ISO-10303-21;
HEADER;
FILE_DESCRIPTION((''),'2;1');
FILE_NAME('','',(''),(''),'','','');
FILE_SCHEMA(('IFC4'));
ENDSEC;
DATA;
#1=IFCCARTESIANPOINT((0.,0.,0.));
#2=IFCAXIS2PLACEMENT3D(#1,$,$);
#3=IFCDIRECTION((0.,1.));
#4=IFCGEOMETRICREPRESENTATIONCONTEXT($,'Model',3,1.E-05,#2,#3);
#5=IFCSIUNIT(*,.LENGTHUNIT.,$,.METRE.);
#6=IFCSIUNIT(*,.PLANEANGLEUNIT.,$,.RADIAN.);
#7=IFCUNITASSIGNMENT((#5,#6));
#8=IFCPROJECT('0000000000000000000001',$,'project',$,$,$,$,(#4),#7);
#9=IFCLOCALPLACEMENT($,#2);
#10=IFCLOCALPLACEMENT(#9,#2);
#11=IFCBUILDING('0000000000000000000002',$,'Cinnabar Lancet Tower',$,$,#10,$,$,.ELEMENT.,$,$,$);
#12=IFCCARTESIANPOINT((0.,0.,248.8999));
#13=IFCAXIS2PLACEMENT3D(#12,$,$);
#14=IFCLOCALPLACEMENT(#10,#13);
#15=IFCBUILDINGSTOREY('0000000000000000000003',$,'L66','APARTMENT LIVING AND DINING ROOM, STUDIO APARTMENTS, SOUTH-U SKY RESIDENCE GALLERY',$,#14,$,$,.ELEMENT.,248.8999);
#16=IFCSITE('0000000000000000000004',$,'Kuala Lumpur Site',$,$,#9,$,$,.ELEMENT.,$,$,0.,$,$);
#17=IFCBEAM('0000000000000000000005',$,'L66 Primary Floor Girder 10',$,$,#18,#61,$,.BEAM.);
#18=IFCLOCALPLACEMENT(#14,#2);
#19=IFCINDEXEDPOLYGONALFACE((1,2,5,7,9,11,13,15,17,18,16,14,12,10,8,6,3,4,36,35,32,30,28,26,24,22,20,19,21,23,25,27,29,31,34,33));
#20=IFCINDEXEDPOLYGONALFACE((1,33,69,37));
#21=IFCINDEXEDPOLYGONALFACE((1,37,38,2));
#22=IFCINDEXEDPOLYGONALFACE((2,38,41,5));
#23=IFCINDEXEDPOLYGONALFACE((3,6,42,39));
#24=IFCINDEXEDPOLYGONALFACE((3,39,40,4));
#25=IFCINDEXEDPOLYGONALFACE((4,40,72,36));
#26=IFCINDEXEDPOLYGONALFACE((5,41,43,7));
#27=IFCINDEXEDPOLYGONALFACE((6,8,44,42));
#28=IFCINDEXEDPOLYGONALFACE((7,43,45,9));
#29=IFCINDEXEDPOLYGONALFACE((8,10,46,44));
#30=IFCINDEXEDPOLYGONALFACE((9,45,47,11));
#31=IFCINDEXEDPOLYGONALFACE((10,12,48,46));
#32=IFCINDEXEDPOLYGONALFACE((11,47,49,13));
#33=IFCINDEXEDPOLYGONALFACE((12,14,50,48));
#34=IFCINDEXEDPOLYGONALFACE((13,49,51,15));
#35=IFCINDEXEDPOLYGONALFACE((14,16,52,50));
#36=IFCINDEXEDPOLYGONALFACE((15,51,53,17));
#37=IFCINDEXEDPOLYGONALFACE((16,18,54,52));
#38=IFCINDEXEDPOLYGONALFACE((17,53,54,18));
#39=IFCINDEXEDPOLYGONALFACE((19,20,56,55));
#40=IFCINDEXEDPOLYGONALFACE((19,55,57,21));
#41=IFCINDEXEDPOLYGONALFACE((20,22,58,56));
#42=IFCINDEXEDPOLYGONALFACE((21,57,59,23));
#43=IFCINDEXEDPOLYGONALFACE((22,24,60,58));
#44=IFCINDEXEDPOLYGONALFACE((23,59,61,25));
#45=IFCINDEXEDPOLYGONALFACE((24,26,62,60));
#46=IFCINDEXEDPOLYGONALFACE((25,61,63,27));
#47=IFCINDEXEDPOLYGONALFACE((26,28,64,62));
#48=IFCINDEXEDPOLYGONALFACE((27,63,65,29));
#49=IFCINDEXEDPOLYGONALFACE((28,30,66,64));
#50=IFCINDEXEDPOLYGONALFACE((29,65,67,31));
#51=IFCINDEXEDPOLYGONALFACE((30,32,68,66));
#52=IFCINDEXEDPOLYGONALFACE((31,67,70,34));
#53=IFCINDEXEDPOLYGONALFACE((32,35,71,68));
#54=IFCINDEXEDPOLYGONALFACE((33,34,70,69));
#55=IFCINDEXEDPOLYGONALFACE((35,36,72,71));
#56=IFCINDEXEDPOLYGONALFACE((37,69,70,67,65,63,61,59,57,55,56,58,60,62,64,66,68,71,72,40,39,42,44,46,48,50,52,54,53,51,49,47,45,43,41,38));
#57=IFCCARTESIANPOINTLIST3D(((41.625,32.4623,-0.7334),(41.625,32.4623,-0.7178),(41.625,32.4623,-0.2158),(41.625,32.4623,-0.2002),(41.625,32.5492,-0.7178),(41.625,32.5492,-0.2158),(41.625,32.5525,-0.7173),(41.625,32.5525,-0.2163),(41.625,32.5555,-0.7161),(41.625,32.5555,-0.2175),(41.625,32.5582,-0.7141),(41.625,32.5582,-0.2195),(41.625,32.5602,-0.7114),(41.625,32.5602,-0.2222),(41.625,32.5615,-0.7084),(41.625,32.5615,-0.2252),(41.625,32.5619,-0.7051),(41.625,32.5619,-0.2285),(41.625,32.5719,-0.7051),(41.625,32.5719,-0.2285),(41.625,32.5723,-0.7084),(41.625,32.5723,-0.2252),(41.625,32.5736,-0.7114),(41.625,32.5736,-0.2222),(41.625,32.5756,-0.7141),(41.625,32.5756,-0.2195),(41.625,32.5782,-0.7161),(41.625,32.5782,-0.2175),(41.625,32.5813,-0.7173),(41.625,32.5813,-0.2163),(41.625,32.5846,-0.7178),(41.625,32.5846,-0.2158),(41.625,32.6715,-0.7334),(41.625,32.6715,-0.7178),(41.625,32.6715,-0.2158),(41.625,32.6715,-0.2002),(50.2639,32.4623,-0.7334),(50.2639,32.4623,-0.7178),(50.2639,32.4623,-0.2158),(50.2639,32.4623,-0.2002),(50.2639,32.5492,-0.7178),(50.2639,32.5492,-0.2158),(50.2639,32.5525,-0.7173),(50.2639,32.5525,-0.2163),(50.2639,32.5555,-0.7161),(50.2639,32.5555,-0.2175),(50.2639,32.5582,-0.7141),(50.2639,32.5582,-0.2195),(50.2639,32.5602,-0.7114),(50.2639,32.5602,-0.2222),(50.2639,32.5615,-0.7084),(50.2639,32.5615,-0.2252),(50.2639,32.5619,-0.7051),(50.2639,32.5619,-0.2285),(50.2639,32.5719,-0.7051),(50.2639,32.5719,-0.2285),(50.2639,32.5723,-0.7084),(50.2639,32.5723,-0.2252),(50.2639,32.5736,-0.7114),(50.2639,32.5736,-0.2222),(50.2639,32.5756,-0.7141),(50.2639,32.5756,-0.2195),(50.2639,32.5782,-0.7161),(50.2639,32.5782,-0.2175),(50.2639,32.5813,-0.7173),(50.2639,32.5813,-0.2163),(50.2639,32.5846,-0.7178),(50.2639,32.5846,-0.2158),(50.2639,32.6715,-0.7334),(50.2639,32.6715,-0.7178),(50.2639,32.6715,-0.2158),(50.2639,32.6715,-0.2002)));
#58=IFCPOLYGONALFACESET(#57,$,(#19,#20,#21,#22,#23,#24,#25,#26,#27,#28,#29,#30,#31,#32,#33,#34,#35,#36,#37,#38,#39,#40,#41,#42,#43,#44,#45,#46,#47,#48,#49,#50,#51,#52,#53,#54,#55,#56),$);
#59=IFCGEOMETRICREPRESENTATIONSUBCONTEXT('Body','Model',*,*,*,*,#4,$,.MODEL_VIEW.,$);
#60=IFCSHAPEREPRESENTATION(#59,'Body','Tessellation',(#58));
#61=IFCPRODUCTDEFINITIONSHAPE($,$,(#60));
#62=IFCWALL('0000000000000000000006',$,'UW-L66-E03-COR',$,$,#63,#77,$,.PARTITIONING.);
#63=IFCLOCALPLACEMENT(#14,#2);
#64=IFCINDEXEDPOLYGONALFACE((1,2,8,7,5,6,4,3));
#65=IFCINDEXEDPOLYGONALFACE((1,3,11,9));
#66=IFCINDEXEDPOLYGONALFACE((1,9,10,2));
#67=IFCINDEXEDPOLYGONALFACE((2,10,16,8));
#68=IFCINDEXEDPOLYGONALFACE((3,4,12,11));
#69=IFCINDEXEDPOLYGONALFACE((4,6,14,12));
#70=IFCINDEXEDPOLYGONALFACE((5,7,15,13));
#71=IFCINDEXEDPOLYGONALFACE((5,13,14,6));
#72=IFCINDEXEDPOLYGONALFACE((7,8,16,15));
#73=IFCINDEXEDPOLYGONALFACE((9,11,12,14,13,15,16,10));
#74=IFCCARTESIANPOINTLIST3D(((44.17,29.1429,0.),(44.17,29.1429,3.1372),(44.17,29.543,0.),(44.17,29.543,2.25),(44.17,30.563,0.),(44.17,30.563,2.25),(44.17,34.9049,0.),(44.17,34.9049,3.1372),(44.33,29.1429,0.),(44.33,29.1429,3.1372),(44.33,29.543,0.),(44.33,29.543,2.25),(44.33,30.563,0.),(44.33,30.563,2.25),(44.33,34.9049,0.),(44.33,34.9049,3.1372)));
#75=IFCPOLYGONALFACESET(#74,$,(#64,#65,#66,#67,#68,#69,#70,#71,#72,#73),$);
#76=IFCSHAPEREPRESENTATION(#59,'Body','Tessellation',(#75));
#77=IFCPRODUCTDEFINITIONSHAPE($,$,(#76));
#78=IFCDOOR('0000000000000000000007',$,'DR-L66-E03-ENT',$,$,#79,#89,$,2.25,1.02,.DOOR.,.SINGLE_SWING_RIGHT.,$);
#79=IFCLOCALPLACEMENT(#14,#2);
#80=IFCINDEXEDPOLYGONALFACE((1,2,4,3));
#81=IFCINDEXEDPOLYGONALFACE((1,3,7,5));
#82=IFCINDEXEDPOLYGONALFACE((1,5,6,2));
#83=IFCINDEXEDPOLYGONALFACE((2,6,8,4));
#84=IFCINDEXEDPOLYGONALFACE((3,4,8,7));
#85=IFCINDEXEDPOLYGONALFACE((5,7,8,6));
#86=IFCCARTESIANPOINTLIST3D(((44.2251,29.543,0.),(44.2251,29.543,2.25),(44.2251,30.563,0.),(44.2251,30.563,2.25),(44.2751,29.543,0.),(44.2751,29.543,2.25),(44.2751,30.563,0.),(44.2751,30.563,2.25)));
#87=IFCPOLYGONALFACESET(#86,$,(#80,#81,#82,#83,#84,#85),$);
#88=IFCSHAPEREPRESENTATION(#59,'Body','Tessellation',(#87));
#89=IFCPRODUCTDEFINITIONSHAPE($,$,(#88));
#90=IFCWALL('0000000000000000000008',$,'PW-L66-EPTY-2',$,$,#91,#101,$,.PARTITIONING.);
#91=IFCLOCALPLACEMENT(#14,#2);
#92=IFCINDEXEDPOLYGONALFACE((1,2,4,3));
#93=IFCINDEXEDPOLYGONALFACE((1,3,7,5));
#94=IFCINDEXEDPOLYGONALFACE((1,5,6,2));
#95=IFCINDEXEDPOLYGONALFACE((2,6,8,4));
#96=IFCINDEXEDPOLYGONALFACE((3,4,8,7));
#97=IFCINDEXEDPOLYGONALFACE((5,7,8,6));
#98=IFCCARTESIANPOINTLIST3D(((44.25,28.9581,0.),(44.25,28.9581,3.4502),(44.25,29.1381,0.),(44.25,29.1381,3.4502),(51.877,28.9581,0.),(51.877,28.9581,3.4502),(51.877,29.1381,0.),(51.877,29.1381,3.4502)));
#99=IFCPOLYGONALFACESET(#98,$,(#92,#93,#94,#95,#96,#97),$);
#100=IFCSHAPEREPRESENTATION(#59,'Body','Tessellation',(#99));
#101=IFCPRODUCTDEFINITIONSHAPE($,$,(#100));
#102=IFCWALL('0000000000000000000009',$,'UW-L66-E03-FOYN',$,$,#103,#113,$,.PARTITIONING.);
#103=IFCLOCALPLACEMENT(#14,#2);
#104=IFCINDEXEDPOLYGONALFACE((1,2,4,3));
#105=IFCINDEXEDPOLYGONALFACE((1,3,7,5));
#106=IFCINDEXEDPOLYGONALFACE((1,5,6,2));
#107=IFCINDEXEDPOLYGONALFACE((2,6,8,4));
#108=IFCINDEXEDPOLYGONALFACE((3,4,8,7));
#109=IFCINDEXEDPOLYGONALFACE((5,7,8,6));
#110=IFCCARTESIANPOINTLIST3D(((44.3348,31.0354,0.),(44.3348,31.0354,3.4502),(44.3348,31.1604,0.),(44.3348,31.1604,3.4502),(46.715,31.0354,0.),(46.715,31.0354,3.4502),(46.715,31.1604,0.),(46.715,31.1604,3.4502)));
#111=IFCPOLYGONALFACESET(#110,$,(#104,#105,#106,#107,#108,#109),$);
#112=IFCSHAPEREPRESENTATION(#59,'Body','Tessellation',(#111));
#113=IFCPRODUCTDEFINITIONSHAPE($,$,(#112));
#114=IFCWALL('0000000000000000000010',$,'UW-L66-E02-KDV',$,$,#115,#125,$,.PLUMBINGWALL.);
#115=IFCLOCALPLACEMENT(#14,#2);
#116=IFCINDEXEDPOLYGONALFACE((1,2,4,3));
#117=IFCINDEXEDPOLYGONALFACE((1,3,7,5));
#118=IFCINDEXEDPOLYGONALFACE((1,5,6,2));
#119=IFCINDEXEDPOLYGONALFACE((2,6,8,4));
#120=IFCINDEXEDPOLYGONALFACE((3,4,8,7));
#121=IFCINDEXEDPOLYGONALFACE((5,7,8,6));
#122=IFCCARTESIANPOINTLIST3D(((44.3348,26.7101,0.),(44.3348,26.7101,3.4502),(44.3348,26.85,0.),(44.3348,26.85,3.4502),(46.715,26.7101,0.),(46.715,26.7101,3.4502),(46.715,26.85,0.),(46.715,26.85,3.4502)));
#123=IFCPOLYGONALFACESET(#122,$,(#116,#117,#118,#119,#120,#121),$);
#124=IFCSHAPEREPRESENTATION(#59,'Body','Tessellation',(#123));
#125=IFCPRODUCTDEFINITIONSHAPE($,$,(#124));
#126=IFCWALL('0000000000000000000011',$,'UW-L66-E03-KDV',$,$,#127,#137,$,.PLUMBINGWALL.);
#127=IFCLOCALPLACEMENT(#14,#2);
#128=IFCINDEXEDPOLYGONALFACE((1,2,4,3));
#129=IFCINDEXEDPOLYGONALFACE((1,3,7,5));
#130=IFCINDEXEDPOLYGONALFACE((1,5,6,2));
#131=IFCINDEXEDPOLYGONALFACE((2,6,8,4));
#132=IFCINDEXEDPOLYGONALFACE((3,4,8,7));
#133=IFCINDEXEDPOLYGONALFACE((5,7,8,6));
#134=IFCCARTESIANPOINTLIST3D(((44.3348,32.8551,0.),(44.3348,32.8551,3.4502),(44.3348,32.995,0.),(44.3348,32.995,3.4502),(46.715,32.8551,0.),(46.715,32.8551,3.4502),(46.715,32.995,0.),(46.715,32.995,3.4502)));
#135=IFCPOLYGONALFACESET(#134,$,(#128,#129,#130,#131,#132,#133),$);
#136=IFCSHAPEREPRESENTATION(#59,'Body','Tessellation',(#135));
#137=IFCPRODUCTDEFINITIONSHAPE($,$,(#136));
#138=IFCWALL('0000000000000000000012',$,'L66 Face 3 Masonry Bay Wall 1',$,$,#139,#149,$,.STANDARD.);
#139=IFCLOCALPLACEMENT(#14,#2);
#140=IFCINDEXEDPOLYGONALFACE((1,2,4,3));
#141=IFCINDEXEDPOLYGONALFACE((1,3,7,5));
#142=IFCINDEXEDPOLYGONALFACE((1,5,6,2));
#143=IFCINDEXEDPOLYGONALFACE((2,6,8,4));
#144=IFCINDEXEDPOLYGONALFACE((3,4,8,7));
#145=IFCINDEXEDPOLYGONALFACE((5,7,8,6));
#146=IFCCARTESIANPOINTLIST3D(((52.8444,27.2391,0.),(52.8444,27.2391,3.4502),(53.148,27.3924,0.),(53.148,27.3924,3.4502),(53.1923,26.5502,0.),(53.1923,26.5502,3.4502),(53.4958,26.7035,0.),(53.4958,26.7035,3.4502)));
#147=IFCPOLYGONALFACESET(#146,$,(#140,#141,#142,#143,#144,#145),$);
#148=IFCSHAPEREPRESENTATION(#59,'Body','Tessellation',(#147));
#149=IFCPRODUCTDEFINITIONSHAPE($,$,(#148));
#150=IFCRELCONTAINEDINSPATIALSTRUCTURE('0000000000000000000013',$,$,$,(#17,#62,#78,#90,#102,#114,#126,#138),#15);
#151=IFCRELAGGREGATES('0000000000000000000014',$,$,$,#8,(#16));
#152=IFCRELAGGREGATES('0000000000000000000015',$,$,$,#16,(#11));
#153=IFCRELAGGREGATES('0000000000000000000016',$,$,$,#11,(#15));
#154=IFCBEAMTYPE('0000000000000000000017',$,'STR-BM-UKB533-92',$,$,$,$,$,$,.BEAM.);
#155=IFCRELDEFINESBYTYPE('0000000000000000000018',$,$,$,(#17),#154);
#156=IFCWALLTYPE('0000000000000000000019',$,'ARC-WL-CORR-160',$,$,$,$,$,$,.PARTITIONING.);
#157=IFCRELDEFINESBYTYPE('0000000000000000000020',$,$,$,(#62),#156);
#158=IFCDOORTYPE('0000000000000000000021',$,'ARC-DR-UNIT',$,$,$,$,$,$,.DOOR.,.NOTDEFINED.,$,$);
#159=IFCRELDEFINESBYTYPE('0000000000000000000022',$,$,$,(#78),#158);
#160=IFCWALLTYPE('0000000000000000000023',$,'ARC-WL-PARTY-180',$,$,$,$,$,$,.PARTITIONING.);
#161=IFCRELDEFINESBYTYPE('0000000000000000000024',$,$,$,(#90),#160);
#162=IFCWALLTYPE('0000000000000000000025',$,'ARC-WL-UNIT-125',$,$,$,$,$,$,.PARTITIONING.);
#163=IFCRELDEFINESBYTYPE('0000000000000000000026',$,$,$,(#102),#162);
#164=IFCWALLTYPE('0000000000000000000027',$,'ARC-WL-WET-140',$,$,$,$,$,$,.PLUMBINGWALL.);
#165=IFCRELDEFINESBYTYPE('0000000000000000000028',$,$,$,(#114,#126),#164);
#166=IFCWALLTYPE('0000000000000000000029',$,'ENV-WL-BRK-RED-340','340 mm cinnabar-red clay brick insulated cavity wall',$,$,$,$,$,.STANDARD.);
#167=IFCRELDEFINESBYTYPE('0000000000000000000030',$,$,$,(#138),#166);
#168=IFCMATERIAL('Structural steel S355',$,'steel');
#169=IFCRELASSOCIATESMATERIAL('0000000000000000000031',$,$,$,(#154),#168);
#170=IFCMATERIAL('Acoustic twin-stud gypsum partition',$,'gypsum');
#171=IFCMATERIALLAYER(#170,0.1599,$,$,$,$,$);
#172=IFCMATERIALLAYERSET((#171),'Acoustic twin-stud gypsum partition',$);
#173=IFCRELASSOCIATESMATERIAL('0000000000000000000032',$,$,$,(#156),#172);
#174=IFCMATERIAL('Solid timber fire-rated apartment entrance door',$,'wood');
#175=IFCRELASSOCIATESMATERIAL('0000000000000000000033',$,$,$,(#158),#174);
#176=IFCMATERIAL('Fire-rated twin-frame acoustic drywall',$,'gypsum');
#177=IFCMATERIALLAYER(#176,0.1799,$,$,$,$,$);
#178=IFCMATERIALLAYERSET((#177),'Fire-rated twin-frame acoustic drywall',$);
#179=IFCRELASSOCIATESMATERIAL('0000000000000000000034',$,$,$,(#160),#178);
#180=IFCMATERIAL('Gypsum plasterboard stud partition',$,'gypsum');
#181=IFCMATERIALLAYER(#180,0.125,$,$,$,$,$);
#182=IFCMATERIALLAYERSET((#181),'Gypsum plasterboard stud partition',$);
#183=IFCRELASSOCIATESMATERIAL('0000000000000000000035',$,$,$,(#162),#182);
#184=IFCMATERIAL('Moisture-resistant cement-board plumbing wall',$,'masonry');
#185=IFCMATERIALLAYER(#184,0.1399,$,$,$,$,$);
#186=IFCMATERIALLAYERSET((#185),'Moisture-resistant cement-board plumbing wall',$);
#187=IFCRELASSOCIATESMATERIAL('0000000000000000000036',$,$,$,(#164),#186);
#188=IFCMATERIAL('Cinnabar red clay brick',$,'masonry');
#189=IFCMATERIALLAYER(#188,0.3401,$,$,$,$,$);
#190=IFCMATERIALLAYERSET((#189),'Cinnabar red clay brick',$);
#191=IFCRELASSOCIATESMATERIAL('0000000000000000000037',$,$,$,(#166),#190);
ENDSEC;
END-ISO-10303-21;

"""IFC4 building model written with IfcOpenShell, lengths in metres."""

from ifc_helpers import new_model, si_unit, direction, frame, frame_2d, origin, origin_2d, place, context, subcontext, project, spatial, rectangle, i_section, extrude, material, layer, layer_set, material_profile, profile_set, type_object, element, fill, save


model = new_model("IFC4")

# Units and contexts
model_context = context("Model", 3, precision=1e-05, world=origin(), true_north=direction((0.0, 1.0)))
body_context = subcontext(model_context, "Body", "Model", "MODEL_VIEW")
ifc_project = project(units=[si_unit("LENGTHUNIT", "METRE"), si_unit("PLANEANGLEUNIT", "RADIAN")], contexts=[model_context])

# Site, building, storey
site_placement = place(None, origin())
site = spatial("IfcSite", under=ifc_project, at=site_placement, Name="Kuala Lumpur Site", CompositionType="ELEMENT", RefElevation=0.0)
building_placement = place(site_placement, origin())
building = spatial("IfcBuilding", under=site, at=building_placement, Name="Cinnabar Lancet Tower", CompositionType="ELEMENT")
storey_placement = place(building_placement, frame((0.0, 0.0, 248.8999)))
storey = spatial("IfcBuildingStorey", under=building, at=storey_placement, Name="L66", Description="APARTMENT LIVING AND DINING ROOM, STUDIO APARTMENTS, SOUTH-U SKY RESIDENCE GALLERY", CompositionType="ELEMENT", Elevation=248.8999)

# Beam
ifc_material_1 = material(Name="Structural steel S355", Category="steel")
ifc_material_profile_1 = material_profile(ifc_material_1, i_section(OverallWidth=0.2092, OverallDepth=0.5332, WebThickness=0.01, FlangeThickness=0.0156, FilletRadius=0.0127, at=origin_2d()), Name="UKB 533x210x92")
ifc_profile_set_1 = profile_set([ifc_material_profile_1], Name="Structural steel S355")
beam_type_1 = type_object("IfcBeamType", Name="STR-BM-UKB533-92", PredefinedType="BEAM", material=ifc_profile_set_1)
beam_1_placement = place(storey_placement, frame((50.2639, 32.5669, -0.4668), z_axis=(-1.0, 0.0, 0.0), x_axis=(0.0, -1.0, 0.0)))
element("IfcBeam", 1, at=beam_1_placement, inside=storey, type_object=beam_type_1, Name="L66 Primary Floor Girder 10", PredefinedType="BEAM", context=body_context, shape_type="SweptSolid", body=[
    extrude(i_section(OverallWidth=0.2092, OverallDepth=0.5332, WebThickness=0.01, FlangeThickness=0.0156, FilletRadius=0.0127, at=origin_2d()), origin(), (0.0, 0.0, 1.0), 8.6389),
])

# Wall, opening, door
ifc_material_2 = material(Name="Acoustic twin-stud gypsum partition", Category="gypsum")
ifc_layer_1 = layer(ifc_material_2, 0.1599)
ifc_layer_set_1 = layer_set([ifc_layer_1], Name="Acoustic twin-stud gypsum partition")
wall_type_1 = type_object("IfcWallType", Name="ARC-WL-CORR-160", PredefinedType="PARTITIONING", material=ifc_layer_set_1)
wall_1_placement = place(storey_placement, frame((44.25, 29.1431, 0.0), z_axis=(0.0, 0.0, 1.0), x_axis=(0.0, 1.0, 0.0)))
wall_1 = element("IfcWall", 2, at=wall_1_placement, inside=storey, type_object=wall_type_1, Name="UW-L66-E03-COR", PredefinedType="PARTITIONING", context=body_context, shape_type="SweptSolid", body=[
    extrude(rectangle(XDim=5.762, YDim=0.1599, at=frame_2d((2.8809, 0.0))), origin(), (0.0, 0.0, 1.0), 3.1372),
])
opening_1_placement = place(wall_1_placement, frame((0.3999, 0.0, 0.0)))
opening_1 = element("IfcOpeningElement", 3, at=opening_1_placement, cuts=wall_1, PredefinedType="OPENING", context=body_context, shape_type="SweptSolid", body=[
    extrude(rectangle(XDim=1.02, YDim=2.25, at=frame_2d((0.51, 1.125))), frame((0.0, 0.0898, 0.0), z_axis=(0.0, -1.0, 0.0), x_axis=(1.0, 0.0, 0.0)), (0.0, 0.0, 1.0), 0.1799),
])
ifc_material_3 = material(Name="Solid timber fire-rated apartment entrance door", Category="wood")
door_type_1 = type_object("IfcDoorType", Name="ARC-DR-UNIT", OperationType="NOTDEFINED", PredefinedType="DOOR", material=ifc_material_3)
door_1_placement = place(opening_1_placement, origin())
door_1 = element("IfcDoor", 4, at=door_1_placement, inside=storey, type_object=door_type_1, Name="DR-L66-E03-ENT", OperationType="SINGLE_SWING_RIGHT", OverallHeight=2.25, OverallWidth=1.02, PredefinedType="DOOR", context=body_context, shape_type="SweptSolid", body=[
    extrude(rectangle(XDim=1.02, YDim=2.25, at=frame_2d((0.51, 1.125))), frame((0.0, 0.0249, 0.0), z_axis=(0.0, -1.0, 0.0), x_axis=(1.0, 0.0, 0.0)), (0.0, 0.0, 1.0), 0.05),
])
fill(opening_1, door_1)

# Walls
ifc_material_4 = material(Name="Fire-rated twin-frame acoustic drywall", Category="gypsum")
ifc_layer_2 = layer(ifc_material_4, 0.1799)
ifc_layer_set_2 = layer_set([ifc_layer_2], Name="Fire-rated twin-frame acoustic drywall")
wall_type_2 = type_object("IfcWallType", Name="ARC-WL-PARTY-180", PredefinedType="PARTITIONING", material=ifc_layer_set_2)
wall_2_placement = place(storey_placement, frame((44.25, 29.0481, 0.0), z_axis=(0.0, 0.0, 1.0), x_axis=(1.0, 0.0, 0.0)))
element("IfcWall", 5, at=wall_2_placement, inside=storey, type_object=wall_type_2, Name="PW-L66-EPTY-2", PredefinedType="PARTITIONING", context=body_context, shape_type="SweptSolid", body=[
    extrude(rectangle(XDim=7.627, YDim=0.1799, at=frame_2d((3.8135, 0.0))), origin(), (0.0, 0.0, 1.0), 3.4502),
])
ifc_material_5 = material(Name="Gypsum plasterboard stud partition", Category="gypsum")
ifc_layer_3 = layer(ifc_material_5, 0.125)
ifc_layer_set_3 = layer_set([ifc_layer_3], Name="Gypsum plasterboard stud partition")
wall_type_3 = type_object("IfcWallType", Name="ARC-WL-UNIT-125", PredefinedType="PARTITIONING", material=ifc_layer_set_3)
wall_3_placement = place(storey_placement, frame((44.335, 31.0979, 0.0), z_axis=(0.0, 0.0, 1.0), x_axis=(1.0, 0.0, 0.0)))
element("IfcWall", 6, at=wall_3_placement, inside=storey, type_object=wall_type_3, Name="UW-L66-E03-FOYN", PredefinedType="PARTITIONING", context=body_context, shape_type="SweptSolid", body=[
    extrude(rectangle(XDim=2.3801, YDim=0.125, at=frame_2d((1.1899, 0.0))), origin(), (0.0, 0.0, 1.0), 3.4502),
])
ifc_material_6 = material(Name="Moisture-resistant cement-board plumbing wall", Category="masonry")
ifc_layer_4 = layer(ifc_material_6, 0.1399)
ifc_layer_set_4 = layer_set([ifc_layer_4], Name="Moisture-resistant cement-board plumbing wall")
wall_type_4 = type_object("IfcWallType", Name="ARC-WL-WET-140", PredefinedType="PLUMBINGWALL", material=ifc_layer_set_4)
wall_4_placement = place(storey_placement, frame((44.335, 26.78, 0.0), z_axis=(0.0, 0.0, 1.0), x_axis=(1.0, 0.0, 0.0)))
element("IfcWall", 7, at=wall_4_placement, inside=storey, type_object=wall_type_4, Name="UW-L66-E02-KDV", PredefinedType="PLUMBINGWALL", context=body_context, shape_type="SweptSolid", body=[
    extrude(rectangle(XDim=2.3801, YDim=0.1399, at=frame_2d((1.1899, 0.0))), origin(), (0.0, 0.0, 1.0), 3.4502),
])

# Walls
wall_5_placement = place(storey_placement, frame((44.335, 32.925, 0.0), z_axis=(0.0, 0.0, 1.0), x_axis=(1.0, 0.0, 0.0)))
element("IfcWall", 8, at=wall_5_placement, inside=storey, type_object=wall_type_4, Name="UW-L66-E03-KDV", PredefinedType="PLUMBINGWALL", context=body_context, shape_type="SweptSolid", body=[
    extrude(rectangle(XDim=2.3801, YDim=0.1399, at=frame_2d((1.1899, 0.0))), origin(), (0.0, 0.0, 1.0), 3.4502),
])
ifc_material_7 = material(Name="Cinnabar red clay brick", Category="masonry")
ifc_layer_5 = layer(ifc_material_7, 0.3401)
ifc_layer_set_5 = layer_set([ifc_layer_5], Name="Cinnabar red clay brick")
wall_type_5 = type_object("IfcWallType", Name="ENV-WL-BRK-RED-340", Description="340 mm cinnabar-red clay brick insulated cavity wall", PredefinedType="STANDARD", material=ifc_layer_set_5)
wall_6_placement = place(storey_placement, frame((53.344, 26.627, 0.0), z_axis=(0.0, 0.0, 1.0), x_axis=(-0.450753, 0.892649, 0.0)))
element("IfcWall", 9, at=wall_6_placement, inside=storey, type_object=wall_type_5, Name="L66 Face 3 Masonry Bay Wall 1", PredefinedType="STANDARD", context=body_context, shape_type="SweptSolid", body=[
    extrude(rectangle(XDim=0.7717, YDim=0.3401, at=frame_2d((0.3857, 0.0))), origin(), (0.0, 0.0, 1.0), 3.4502),
])

save(model, "model.ifc")
